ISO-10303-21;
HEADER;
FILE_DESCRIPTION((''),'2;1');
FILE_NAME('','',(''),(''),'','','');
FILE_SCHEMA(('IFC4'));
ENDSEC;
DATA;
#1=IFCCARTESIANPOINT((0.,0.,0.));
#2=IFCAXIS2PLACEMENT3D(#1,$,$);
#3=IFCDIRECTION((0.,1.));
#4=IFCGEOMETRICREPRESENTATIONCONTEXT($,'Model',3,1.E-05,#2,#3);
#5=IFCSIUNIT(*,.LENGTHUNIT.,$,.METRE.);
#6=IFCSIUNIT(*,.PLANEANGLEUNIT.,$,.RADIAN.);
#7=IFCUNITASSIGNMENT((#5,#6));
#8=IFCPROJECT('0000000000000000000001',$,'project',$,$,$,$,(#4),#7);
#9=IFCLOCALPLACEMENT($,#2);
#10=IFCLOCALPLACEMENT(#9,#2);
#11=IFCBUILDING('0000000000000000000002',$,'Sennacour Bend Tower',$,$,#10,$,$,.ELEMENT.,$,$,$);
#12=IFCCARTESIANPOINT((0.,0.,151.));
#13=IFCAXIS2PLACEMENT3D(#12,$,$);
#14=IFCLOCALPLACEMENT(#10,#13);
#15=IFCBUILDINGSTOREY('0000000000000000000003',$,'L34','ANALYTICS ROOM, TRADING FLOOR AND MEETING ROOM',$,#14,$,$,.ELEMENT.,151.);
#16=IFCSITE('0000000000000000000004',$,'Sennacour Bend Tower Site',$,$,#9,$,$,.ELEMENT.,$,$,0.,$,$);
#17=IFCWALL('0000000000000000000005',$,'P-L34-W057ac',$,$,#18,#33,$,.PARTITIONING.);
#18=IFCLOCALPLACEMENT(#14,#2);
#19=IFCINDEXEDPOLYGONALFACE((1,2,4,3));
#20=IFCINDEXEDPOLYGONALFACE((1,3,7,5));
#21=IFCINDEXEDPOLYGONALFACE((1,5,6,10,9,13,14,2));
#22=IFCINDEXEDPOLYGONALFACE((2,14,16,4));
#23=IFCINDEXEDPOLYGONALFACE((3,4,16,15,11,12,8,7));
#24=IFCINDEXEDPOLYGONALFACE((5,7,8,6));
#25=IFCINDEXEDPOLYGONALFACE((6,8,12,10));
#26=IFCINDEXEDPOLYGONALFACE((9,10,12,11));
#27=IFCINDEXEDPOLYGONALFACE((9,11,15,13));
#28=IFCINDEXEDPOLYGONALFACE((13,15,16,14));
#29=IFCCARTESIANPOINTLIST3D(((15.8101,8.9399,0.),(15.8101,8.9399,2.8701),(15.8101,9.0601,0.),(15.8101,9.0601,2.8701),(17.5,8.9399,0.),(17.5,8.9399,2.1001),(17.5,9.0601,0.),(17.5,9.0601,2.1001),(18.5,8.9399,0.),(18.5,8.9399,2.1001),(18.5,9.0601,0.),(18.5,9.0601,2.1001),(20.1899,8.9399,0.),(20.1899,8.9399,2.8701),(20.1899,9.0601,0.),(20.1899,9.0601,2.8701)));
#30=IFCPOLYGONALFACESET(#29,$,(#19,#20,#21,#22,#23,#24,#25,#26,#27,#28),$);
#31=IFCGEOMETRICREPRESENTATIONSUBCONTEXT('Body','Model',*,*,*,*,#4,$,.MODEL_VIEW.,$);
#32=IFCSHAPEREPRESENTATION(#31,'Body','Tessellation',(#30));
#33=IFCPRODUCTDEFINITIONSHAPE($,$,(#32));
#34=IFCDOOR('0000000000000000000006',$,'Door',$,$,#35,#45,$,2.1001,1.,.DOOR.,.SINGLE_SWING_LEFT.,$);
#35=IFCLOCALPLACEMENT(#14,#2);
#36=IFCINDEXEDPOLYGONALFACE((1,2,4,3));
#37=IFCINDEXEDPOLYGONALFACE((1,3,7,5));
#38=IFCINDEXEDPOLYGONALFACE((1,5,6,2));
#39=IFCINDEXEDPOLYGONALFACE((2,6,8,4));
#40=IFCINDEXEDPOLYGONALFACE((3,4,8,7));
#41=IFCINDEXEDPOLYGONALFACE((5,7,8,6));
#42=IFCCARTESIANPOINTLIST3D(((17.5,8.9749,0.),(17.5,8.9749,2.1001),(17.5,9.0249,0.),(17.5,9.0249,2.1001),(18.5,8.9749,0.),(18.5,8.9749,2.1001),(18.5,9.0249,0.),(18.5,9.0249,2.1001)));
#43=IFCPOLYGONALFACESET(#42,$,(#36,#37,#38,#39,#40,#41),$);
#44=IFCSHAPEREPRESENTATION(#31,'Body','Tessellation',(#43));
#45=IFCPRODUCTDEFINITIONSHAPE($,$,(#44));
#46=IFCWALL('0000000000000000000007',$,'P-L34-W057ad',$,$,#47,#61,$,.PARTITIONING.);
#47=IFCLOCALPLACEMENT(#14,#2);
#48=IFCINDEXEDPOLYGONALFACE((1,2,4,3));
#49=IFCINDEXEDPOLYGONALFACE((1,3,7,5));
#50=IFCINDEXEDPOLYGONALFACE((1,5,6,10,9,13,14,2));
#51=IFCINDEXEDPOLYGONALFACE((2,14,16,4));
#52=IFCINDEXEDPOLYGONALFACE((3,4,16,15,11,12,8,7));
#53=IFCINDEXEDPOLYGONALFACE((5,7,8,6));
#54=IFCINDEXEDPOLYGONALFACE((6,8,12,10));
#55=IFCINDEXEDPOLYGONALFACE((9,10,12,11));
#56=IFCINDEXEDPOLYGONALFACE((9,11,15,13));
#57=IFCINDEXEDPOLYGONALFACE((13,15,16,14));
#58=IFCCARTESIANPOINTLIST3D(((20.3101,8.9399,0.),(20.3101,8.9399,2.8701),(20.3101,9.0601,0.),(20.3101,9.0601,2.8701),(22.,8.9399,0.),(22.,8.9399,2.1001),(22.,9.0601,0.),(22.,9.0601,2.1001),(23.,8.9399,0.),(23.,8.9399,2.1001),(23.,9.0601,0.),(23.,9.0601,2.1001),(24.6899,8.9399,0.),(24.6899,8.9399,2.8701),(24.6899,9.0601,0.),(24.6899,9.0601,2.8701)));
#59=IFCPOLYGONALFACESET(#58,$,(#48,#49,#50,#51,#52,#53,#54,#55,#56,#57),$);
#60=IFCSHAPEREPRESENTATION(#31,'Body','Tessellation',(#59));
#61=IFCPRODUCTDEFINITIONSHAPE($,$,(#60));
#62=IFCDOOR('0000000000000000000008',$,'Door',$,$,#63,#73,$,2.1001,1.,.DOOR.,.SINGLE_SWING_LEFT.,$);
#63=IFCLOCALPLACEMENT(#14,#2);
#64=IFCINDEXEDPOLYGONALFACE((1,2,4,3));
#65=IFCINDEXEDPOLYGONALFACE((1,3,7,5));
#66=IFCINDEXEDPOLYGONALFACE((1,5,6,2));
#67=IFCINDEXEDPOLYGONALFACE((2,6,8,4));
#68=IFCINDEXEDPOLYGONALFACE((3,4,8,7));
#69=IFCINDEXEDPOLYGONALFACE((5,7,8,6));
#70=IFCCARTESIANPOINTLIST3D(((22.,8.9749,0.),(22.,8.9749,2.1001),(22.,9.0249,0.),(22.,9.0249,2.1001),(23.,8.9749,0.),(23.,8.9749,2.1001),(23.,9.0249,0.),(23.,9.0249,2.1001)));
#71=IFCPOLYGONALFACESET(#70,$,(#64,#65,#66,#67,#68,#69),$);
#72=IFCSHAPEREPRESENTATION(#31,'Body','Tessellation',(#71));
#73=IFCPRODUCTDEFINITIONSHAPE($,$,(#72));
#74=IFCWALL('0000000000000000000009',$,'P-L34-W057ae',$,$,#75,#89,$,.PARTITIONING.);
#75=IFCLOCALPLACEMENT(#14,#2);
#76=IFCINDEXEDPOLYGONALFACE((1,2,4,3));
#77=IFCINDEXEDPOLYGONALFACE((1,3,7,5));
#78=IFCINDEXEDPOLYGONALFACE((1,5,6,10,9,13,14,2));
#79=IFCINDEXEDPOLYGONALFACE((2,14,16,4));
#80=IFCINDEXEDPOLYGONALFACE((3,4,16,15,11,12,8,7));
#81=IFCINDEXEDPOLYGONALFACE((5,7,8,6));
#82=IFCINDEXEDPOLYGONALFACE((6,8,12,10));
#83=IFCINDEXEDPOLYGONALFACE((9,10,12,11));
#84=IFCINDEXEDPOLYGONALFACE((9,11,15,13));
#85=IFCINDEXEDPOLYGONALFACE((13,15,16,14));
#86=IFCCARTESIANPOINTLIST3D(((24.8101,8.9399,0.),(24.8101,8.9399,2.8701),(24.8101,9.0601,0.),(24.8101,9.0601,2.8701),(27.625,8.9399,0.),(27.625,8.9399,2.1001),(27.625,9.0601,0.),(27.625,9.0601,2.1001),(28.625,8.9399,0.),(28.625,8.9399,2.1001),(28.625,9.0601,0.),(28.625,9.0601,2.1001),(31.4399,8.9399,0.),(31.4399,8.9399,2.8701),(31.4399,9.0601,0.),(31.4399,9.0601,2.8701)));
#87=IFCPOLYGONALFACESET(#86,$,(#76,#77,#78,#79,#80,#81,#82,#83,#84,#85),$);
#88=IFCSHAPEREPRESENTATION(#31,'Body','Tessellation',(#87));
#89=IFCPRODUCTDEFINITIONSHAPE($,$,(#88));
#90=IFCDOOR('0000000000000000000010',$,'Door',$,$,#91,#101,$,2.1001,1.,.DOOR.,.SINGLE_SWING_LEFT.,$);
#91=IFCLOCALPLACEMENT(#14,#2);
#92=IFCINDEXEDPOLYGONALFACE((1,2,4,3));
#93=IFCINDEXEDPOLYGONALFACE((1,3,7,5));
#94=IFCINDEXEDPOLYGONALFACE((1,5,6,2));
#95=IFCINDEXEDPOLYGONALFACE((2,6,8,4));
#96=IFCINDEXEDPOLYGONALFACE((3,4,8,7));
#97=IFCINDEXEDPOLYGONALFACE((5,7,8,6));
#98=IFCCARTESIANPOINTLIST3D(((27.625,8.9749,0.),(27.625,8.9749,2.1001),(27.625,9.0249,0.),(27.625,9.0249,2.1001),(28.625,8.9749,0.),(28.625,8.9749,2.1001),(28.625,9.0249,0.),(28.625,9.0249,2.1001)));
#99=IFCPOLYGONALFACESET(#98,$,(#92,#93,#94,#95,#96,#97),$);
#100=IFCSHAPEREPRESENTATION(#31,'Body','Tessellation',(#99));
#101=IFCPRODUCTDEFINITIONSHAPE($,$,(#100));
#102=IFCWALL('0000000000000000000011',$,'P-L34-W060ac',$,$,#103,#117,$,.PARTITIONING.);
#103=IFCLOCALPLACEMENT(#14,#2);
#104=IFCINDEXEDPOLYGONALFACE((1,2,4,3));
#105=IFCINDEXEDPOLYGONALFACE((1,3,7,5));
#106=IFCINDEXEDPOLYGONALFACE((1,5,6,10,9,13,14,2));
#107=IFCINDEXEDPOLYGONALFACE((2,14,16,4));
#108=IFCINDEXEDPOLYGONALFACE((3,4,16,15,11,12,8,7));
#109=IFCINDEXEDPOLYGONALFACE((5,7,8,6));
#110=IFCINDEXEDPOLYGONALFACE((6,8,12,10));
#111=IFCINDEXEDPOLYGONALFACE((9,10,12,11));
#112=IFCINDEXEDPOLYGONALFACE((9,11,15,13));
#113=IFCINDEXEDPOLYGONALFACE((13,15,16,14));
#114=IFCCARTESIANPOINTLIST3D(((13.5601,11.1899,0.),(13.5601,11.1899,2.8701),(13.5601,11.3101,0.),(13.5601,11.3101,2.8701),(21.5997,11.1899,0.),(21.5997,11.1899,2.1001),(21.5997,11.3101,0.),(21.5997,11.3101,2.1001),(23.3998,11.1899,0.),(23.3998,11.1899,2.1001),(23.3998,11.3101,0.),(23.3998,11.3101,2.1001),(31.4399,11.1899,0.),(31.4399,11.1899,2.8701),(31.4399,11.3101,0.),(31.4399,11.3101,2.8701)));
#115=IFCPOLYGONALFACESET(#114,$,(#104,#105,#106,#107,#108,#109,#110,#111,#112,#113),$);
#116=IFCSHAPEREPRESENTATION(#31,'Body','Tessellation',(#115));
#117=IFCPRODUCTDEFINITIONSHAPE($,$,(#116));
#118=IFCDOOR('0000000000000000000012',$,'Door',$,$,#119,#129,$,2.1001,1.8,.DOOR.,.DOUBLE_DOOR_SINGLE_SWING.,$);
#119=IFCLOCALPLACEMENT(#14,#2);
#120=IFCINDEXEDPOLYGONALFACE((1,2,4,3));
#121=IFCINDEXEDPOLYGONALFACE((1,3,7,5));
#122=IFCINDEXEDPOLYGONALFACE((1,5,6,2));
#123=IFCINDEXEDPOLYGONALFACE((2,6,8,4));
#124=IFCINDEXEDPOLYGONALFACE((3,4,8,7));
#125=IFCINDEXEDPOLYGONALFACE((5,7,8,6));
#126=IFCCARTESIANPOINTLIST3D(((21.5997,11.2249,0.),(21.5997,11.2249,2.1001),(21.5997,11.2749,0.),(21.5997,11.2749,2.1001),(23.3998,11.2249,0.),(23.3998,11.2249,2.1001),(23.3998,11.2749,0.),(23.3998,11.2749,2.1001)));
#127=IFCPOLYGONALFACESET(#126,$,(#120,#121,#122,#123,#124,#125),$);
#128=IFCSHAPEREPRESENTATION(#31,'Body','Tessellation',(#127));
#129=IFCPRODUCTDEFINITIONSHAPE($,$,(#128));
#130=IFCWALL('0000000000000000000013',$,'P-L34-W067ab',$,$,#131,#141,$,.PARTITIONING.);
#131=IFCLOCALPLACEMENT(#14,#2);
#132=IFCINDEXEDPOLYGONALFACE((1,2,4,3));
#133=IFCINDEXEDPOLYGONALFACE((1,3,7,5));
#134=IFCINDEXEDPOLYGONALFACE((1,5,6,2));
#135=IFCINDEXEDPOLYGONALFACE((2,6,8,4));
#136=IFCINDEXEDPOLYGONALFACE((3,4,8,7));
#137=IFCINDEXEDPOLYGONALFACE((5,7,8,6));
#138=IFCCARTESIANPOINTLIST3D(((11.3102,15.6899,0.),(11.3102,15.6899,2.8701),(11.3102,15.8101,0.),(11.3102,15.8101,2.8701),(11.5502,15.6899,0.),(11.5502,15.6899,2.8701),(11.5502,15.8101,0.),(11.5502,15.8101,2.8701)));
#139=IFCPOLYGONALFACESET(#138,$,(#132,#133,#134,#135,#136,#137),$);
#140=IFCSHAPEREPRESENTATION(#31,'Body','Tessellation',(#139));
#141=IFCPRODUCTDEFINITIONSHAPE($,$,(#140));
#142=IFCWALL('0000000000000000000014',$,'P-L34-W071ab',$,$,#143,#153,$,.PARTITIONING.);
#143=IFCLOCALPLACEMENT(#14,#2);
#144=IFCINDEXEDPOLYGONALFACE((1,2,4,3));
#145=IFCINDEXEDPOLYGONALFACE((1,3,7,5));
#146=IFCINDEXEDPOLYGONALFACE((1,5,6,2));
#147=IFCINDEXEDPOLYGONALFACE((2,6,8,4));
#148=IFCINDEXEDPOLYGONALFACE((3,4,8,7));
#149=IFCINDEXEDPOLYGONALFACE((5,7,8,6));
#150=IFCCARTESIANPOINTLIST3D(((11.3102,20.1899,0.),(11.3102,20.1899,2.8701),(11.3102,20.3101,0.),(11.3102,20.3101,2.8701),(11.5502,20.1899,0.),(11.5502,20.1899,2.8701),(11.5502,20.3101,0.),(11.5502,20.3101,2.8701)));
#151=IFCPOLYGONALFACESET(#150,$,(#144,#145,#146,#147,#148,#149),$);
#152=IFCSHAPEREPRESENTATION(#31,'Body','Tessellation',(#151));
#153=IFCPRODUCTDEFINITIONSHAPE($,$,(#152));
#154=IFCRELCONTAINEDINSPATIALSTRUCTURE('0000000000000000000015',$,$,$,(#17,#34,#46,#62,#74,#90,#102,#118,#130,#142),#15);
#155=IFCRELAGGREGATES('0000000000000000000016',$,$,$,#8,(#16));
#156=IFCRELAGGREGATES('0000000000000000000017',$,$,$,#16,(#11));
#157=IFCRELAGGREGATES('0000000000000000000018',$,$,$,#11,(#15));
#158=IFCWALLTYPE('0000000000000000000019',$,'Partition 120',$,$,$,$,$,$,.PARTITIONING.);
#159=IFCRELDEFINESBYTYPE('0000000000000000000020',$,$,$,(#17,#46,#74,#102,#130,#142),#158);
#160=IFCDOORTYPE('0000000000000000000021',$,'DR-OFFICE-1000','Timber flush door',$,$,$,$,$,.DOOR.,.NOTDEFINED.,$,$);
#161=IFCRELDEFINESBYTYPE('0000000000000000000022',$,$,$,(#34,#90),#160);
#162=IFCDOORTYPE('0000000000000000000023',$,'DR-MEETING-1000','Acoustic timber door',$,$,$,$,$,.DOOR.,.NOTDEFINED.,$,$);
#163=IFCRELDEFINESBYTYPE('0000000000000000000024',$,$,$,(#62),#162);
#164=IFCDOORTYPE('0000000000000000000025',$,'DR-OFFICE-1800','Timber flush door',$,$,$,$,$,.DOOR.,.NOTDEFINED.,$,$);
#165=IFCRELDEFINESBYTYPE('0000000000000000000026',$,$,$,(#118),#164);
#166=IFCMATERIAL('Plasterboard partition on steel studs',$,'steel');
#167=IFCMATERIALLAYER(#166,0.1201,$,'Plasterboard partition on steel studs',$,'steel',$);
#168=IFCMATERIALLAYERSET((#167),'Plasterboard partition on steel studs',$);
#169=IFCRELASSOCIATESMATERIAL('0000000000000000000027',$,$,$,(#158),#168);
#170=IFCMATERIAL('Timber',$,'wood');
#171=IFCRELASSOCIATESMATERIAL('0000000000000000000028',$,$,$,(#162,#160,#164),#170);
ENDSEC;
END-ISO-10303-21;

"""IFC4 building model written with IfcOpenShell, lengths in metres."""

from ifc_helpers import new_model, si_unit, direction, frame, frame_2d, origin, place, context, subcontext, project, spatial, rectangle, extrude, material, layer, layer_set, type_object, element, fill, save


model = new_model("IFC4")

# Units and contexts
model_context = context("Model", 3, precision=1e-05, world=origin(), true_north=direction((0.0, 1.0)))
body_context = subcontext(model_context, "Body", "Model", "MODEL_VIEW")
ifc_project = project(units=[si_unit("LENGTHUNIT", "METRE"), si_unit("PLANEANGLEUNIT", "RADIAN")], contexts=[model_context])

# Site, building, storey
site_placement = place(None, origin())
site = spatial("IfcSite", under=ifc_project, at=site_placement, Name="Sennacour Bend Tower Site", CompositionType="ELEMENT", RefElevation=0.0)
building_placement = place(site_placement, origin())
building = spatial("IfcBuilding", under=site, at=building_placement, Name="Sennacour Bend Tower", CompositionType="ELEMENT")
storey_placement = place(building_placement, frame((0.0, 0.0, 151.0)))
storey = spatial("IfcBuildingStorey", under=building, at=storey_placement, Name="L34", Description="ANALYTICS ROOM, TRADING FLOOR AND MEETING ROOM", CompositionType="ELEMENT", Elevation=151.0)

# Shared definitions
ifc_material_1 = material(Name="Plasterboard partition on steel studs", Category="steel")
ifc_layer_1 = layer(ifc_material_1, 0.1201, Name="Plasterboard partition on steel studs", Category="steel")
ifc_layer_set_1 = layer_set([ifc_layer_1], Name="Plasterboard partition on steel studs")
wall_type_1 = type_object("IfcWallType", Name="Partition 120", PredefinedType="PARTITIONING", material=ifc_layer_set_1)
ifc_material_2 = material(Name="Timber", Category="wood")
door_type_1 = type_object("IfcDoorType", Name="DR-MEETING-1000", Description="Acoustic timber door", OperationType="NOTDEFINED", PredefinedType="DOOR", material=ifc_material_2)

# Walls, openings, doors
wall_1_placement = place(storey_placement, frame((15.8101, 9.0, 0.0), z_axis=(0.0, 0.0, 1.0), x_axis=(1.0, 0.0, 0.0)))
wall_1 = element("IfcWall", 1, at=wall_1_placement, inside=storey, type_object=wall_type_1, Name="P-L34-W057ac", PredefinedType="PARTITIONING", context=body_context, shape_type="SweptSolid", body=[
    extrude(rectangle(XDim=4.3799, YDim=0.1201, at=frame_2d((2.1899, 0.0))), origin(), (0.0, 0.0, 1.0), 2.8701),
])
opening_1_placement = place(wall_1_placement, frame((1.6899, 0.0, 0.0)))
opening_1 = element("IfcOpeningElement", 2, at=opening_1_placement, cuts=wall_1, PredefinedType="OPENING", context=body_context, shape_type="SweptSolid", body=[
    extrude(rectangle(XDim=1.0, YDim=2.1001, at=frame_2d((0.5, 1.05))), frame((0.0, 0.0701, 0.0), z_axis=(0.0, -1.0, 0.0), x_axis=(1.0, 0.0, 0.0)), (0.0, 0.0, 1.0), 0.1401),
])
door_type_2 = type_object("IfcDoorType", Name="DR-OFFICE-1000", Description="Timber flush door", OperationType="NOTDEFINED", PredefinedType="DOOR", material=ifc_material_2)
door_1_placement = place(opening_1_placement, origin())
door_1 = element("IfcDoor", 3, at=door_1_placement, inside=storey, type_object=door_type_2, Name="Door", OperationType="SINGLE_SWING_LEFT", OverallHeight=2.1001, OverallWidth=1.0, PredefinedType="DOOR", context=body_context, shape_type="SweptSolid", body=[
    extrude(rectangle(XDim=1.0, YDim=2.1001, at=frame_2d((0.5, 1.05))), frame((0.0, 0.0249, 0.0), z_axis=(0.0, -1.0, 0.0), x_axis=(1.0, 0.0, 0.0)), (0.0, 0.0, 1.0), 0.05),
])
fill(opening_1, door_1)
wall_2_placement = place(storey_placement, frame((20.3101, 9.0, 0.0), z_axis=(0.0, 0.0, 1.0), x_axis=(1.0, 0.0, 0.0)))
wall_2 = element("IfcWall", 4, at=wall_2_placement, inside=storey, type_object=wall_type_1, Name="P-L34-W057ad", PredefinedType="PARTITIONING", context=body_context, shape_type="SweptSolid", body=[
    extrude(rectangle(XDim=4.3799, YDim=0.1201, at=frame_2d((2.1899, 0.0))), origin(), (0.0, 0.0, 1.0), 2.8701),
])
opening_2_placement = place(wall_2_placement, frame((1.6899, 0.0, 0.0)))
opening_2 = element("IfcOpeningElement", 5, at=opening_2_placement, cuts=wall_2, PredefinedType="OPENING", context=body_context, shape_type="SweptSolid", body=[
    extrude(rectangle(XDim=1.0, YDim=2.1001, at=frame_2d((0.5, 1.05))), frame((0.0, 0.0701, 0.0), z_axis=(0.0, -1.0, 0.0), x_axis=(1.0, 0.0, 0.0)), (0.0, 0.0, 1.0), 0.1401),
])
door_2_placement = place(opening_2_placement, origin())
door_2 = element("IfcDoor", 6, at=door_2_placement, inside=storey, type_object=door_type_1, Name="Door", OperationType="SINGLE_SWING_LEFT", OverallHeight=2.1001, OverallWidth=1.0, PredefinedType="DOOR", context=body_context, shape_type="SweptSolid", body=[
    extrude(rectangle(XDim=1.0, YDim=2.1001, at=frame_2d((0.5, 1.05))), frame((0.0, 0.0249, 0.0), z_axis=(0.0, -1.0, 0.0), x_axis=(1.0, 0.0, 0.0)), (0.0, 0.0, 1.0), 0.05),
])
fill(opening_2, door_2)
wall_3_placement = place(storey_placement, frame((24.8101, 9.0, 0.0), z_axis=(0.0, 0.0, 1.0), x_axis=(1.0, 0.0, 0.0)))
wall_3 = element("IfcWall", 7, at=wall_3_placement, inside=storey, type_object=wall_type_1, Name="P-L34-W057ae", PredefinedType="PARTITIONING", context=body_context, shape_type="SweptSolid", body=[
    extrude(rectangle(XDim=6.6299, YDim=0.1201, at=frame_2d((3.3149, 0.0))), origin(), (0.0, 0.0, 1.0), 2.8701),
])
opening_3_placement = place(wall_3_placement, frame((2.8149, 0.0, 0.0)))
opening_3 = element("IfcOpeningElement", 8, at=opening_3_placement, cuts=wall_3, PredefinedType="OPENING", context=body_context, shape_type="SweptSolid", body=[
    extrude(rectangle(XDim=1.0, YDim=2.1001, at=frame_2d((0.5, 1.05))), frame((0.0, 0.0701, 0.0), z_axis=(0.0, -1.0, 0.0), x_axis=(1.0, 0.0, 0.0)), (0.0, 0.0, 1.0), 0.1401),
])
door_3_placement = place(opening_3_placement, origin())
door_3 = element("IfcDoor", 9, at=door_3_placement, inside=storey, type_object=door_type_2, Name="Door", OperationType="SINGLE_SWING_LEFT", OverallHeight=2.1001, OverallWidth=1.0, PredefinedType="DOOR", context=body_context, shape_type="SweptSolid", body=[
    extrude(rectangle(XDim=1.0, YDim=2.1001, at=frame_2d((0.5, 1.05))), frame((0.0, 0.0249, 0.0), z_axis=(0.0, -1.0, 0.0), x_axis=(1.0, 0.0, 0.0)), (0.0, 0.0, 1.0), 0.05),
])
fill(opening_3, door_3)
wall_4_placement = place(storey_placement, frame((13.5601, 11.25, 0.0), z_axis=(0.0, 0.0, 1.0), x_axis=(1.0, 0.0, 0.0)))
wall_4 = element("IfcWall", 10, at=wall_4_placement, inside=storey, type_object=wall_type_1, Name="P-L34-W060ac", PredefinedType="PARTITIONING", context=body_context, shape_type="SweptSolid", body=[
    extrude(rectangle(XDim=17.8799, YDim=0.1201, at=frame_2d((8.9399, 0.0))), origin(), (0.0, 0.0, 1.0), 2.8701),
])
opening_4_placement = place(wall_4_placement, frame((8.0398, 0.0, 0.0)))
opening_4 = element("IfcOpeningElement", 11, at=opening_4_placement, cuts=wall_4, PredefinedType="OPENING", context=body_context, shape_type="SweptSolid", body=[
    extrude(rectangle(XDim=1.8, YDim=2.1001, at=frame_2d((0.8999, 1.05))), frame((0.0, 0.0701, 0.0), z_axis=(0.0, -1.0, 0.0), x_axis=(1.0, 0.0, 0.0)), (0.0, 0.0, 1.0), 0.1401),
])
door_type_3 = type_object("IfcDoorType", Name="DR-OFFICE-1800", Description="Timber flush door", OperationType="NOTDEFINED", PredefinedType="DOOR", material=ifc_material_2)
door_4_placement = place(opening_4_placement, origin())
door_4 = element("IfcDoor", 12, at=door_4_placement, inside=storey, type_object=door_type_3, Name="Door", OperationType="DOUBLE_DOOR_SINGLE_SWING", OverallHeight=2.1001, OverallWidth=1.8, PredefinedType="DOOR", context=body_context, shape_type="SweptSolid", body=[
    extrude(rectangle(XDim=1.8, YDim=2.1001, at=frame_2d((0.8999, 1.05))), frame((0.0, 0.0249, 0.0), z_axis=(0.0, -1.0, 0.0), x_axis=(1.0, 0.0, 0.0)), (0.0, 0.0, 1.0), 0.05),
])
fill(opening_4, door_4)

# Walls
for number, where, z_axis, x_axis, name in (
    (13, (11.3101, 15.75, 0.0), (0.0, 0.0, 1.0), (1.0, 0.0, 0.0), "P-L34-W067ab"),
    (14, (11.3101, 20.25, 0.0), (0.0, 0.0, 1.0), (1.0, 0.0, 0.0), "P-L34-W071ab"),
):
    element("IfcWall", number, at=place(storey_placement, frame(where, z_axis=z_axis, x_axis=x_axis)), inside=storey, type_object=wall_type_1, Name=name, PredefinedType="PARTITIONING", context=body_context, shape_type="SweptSolid", body=[
        extrude(rectangle(XDim=0.24, YDim=0.1201, at=frame_2d((0.1201, 0.0))), origin(), (0.0, 0.0, 1.0), 2.8701),
    ])

save(model, "model.ifc")
